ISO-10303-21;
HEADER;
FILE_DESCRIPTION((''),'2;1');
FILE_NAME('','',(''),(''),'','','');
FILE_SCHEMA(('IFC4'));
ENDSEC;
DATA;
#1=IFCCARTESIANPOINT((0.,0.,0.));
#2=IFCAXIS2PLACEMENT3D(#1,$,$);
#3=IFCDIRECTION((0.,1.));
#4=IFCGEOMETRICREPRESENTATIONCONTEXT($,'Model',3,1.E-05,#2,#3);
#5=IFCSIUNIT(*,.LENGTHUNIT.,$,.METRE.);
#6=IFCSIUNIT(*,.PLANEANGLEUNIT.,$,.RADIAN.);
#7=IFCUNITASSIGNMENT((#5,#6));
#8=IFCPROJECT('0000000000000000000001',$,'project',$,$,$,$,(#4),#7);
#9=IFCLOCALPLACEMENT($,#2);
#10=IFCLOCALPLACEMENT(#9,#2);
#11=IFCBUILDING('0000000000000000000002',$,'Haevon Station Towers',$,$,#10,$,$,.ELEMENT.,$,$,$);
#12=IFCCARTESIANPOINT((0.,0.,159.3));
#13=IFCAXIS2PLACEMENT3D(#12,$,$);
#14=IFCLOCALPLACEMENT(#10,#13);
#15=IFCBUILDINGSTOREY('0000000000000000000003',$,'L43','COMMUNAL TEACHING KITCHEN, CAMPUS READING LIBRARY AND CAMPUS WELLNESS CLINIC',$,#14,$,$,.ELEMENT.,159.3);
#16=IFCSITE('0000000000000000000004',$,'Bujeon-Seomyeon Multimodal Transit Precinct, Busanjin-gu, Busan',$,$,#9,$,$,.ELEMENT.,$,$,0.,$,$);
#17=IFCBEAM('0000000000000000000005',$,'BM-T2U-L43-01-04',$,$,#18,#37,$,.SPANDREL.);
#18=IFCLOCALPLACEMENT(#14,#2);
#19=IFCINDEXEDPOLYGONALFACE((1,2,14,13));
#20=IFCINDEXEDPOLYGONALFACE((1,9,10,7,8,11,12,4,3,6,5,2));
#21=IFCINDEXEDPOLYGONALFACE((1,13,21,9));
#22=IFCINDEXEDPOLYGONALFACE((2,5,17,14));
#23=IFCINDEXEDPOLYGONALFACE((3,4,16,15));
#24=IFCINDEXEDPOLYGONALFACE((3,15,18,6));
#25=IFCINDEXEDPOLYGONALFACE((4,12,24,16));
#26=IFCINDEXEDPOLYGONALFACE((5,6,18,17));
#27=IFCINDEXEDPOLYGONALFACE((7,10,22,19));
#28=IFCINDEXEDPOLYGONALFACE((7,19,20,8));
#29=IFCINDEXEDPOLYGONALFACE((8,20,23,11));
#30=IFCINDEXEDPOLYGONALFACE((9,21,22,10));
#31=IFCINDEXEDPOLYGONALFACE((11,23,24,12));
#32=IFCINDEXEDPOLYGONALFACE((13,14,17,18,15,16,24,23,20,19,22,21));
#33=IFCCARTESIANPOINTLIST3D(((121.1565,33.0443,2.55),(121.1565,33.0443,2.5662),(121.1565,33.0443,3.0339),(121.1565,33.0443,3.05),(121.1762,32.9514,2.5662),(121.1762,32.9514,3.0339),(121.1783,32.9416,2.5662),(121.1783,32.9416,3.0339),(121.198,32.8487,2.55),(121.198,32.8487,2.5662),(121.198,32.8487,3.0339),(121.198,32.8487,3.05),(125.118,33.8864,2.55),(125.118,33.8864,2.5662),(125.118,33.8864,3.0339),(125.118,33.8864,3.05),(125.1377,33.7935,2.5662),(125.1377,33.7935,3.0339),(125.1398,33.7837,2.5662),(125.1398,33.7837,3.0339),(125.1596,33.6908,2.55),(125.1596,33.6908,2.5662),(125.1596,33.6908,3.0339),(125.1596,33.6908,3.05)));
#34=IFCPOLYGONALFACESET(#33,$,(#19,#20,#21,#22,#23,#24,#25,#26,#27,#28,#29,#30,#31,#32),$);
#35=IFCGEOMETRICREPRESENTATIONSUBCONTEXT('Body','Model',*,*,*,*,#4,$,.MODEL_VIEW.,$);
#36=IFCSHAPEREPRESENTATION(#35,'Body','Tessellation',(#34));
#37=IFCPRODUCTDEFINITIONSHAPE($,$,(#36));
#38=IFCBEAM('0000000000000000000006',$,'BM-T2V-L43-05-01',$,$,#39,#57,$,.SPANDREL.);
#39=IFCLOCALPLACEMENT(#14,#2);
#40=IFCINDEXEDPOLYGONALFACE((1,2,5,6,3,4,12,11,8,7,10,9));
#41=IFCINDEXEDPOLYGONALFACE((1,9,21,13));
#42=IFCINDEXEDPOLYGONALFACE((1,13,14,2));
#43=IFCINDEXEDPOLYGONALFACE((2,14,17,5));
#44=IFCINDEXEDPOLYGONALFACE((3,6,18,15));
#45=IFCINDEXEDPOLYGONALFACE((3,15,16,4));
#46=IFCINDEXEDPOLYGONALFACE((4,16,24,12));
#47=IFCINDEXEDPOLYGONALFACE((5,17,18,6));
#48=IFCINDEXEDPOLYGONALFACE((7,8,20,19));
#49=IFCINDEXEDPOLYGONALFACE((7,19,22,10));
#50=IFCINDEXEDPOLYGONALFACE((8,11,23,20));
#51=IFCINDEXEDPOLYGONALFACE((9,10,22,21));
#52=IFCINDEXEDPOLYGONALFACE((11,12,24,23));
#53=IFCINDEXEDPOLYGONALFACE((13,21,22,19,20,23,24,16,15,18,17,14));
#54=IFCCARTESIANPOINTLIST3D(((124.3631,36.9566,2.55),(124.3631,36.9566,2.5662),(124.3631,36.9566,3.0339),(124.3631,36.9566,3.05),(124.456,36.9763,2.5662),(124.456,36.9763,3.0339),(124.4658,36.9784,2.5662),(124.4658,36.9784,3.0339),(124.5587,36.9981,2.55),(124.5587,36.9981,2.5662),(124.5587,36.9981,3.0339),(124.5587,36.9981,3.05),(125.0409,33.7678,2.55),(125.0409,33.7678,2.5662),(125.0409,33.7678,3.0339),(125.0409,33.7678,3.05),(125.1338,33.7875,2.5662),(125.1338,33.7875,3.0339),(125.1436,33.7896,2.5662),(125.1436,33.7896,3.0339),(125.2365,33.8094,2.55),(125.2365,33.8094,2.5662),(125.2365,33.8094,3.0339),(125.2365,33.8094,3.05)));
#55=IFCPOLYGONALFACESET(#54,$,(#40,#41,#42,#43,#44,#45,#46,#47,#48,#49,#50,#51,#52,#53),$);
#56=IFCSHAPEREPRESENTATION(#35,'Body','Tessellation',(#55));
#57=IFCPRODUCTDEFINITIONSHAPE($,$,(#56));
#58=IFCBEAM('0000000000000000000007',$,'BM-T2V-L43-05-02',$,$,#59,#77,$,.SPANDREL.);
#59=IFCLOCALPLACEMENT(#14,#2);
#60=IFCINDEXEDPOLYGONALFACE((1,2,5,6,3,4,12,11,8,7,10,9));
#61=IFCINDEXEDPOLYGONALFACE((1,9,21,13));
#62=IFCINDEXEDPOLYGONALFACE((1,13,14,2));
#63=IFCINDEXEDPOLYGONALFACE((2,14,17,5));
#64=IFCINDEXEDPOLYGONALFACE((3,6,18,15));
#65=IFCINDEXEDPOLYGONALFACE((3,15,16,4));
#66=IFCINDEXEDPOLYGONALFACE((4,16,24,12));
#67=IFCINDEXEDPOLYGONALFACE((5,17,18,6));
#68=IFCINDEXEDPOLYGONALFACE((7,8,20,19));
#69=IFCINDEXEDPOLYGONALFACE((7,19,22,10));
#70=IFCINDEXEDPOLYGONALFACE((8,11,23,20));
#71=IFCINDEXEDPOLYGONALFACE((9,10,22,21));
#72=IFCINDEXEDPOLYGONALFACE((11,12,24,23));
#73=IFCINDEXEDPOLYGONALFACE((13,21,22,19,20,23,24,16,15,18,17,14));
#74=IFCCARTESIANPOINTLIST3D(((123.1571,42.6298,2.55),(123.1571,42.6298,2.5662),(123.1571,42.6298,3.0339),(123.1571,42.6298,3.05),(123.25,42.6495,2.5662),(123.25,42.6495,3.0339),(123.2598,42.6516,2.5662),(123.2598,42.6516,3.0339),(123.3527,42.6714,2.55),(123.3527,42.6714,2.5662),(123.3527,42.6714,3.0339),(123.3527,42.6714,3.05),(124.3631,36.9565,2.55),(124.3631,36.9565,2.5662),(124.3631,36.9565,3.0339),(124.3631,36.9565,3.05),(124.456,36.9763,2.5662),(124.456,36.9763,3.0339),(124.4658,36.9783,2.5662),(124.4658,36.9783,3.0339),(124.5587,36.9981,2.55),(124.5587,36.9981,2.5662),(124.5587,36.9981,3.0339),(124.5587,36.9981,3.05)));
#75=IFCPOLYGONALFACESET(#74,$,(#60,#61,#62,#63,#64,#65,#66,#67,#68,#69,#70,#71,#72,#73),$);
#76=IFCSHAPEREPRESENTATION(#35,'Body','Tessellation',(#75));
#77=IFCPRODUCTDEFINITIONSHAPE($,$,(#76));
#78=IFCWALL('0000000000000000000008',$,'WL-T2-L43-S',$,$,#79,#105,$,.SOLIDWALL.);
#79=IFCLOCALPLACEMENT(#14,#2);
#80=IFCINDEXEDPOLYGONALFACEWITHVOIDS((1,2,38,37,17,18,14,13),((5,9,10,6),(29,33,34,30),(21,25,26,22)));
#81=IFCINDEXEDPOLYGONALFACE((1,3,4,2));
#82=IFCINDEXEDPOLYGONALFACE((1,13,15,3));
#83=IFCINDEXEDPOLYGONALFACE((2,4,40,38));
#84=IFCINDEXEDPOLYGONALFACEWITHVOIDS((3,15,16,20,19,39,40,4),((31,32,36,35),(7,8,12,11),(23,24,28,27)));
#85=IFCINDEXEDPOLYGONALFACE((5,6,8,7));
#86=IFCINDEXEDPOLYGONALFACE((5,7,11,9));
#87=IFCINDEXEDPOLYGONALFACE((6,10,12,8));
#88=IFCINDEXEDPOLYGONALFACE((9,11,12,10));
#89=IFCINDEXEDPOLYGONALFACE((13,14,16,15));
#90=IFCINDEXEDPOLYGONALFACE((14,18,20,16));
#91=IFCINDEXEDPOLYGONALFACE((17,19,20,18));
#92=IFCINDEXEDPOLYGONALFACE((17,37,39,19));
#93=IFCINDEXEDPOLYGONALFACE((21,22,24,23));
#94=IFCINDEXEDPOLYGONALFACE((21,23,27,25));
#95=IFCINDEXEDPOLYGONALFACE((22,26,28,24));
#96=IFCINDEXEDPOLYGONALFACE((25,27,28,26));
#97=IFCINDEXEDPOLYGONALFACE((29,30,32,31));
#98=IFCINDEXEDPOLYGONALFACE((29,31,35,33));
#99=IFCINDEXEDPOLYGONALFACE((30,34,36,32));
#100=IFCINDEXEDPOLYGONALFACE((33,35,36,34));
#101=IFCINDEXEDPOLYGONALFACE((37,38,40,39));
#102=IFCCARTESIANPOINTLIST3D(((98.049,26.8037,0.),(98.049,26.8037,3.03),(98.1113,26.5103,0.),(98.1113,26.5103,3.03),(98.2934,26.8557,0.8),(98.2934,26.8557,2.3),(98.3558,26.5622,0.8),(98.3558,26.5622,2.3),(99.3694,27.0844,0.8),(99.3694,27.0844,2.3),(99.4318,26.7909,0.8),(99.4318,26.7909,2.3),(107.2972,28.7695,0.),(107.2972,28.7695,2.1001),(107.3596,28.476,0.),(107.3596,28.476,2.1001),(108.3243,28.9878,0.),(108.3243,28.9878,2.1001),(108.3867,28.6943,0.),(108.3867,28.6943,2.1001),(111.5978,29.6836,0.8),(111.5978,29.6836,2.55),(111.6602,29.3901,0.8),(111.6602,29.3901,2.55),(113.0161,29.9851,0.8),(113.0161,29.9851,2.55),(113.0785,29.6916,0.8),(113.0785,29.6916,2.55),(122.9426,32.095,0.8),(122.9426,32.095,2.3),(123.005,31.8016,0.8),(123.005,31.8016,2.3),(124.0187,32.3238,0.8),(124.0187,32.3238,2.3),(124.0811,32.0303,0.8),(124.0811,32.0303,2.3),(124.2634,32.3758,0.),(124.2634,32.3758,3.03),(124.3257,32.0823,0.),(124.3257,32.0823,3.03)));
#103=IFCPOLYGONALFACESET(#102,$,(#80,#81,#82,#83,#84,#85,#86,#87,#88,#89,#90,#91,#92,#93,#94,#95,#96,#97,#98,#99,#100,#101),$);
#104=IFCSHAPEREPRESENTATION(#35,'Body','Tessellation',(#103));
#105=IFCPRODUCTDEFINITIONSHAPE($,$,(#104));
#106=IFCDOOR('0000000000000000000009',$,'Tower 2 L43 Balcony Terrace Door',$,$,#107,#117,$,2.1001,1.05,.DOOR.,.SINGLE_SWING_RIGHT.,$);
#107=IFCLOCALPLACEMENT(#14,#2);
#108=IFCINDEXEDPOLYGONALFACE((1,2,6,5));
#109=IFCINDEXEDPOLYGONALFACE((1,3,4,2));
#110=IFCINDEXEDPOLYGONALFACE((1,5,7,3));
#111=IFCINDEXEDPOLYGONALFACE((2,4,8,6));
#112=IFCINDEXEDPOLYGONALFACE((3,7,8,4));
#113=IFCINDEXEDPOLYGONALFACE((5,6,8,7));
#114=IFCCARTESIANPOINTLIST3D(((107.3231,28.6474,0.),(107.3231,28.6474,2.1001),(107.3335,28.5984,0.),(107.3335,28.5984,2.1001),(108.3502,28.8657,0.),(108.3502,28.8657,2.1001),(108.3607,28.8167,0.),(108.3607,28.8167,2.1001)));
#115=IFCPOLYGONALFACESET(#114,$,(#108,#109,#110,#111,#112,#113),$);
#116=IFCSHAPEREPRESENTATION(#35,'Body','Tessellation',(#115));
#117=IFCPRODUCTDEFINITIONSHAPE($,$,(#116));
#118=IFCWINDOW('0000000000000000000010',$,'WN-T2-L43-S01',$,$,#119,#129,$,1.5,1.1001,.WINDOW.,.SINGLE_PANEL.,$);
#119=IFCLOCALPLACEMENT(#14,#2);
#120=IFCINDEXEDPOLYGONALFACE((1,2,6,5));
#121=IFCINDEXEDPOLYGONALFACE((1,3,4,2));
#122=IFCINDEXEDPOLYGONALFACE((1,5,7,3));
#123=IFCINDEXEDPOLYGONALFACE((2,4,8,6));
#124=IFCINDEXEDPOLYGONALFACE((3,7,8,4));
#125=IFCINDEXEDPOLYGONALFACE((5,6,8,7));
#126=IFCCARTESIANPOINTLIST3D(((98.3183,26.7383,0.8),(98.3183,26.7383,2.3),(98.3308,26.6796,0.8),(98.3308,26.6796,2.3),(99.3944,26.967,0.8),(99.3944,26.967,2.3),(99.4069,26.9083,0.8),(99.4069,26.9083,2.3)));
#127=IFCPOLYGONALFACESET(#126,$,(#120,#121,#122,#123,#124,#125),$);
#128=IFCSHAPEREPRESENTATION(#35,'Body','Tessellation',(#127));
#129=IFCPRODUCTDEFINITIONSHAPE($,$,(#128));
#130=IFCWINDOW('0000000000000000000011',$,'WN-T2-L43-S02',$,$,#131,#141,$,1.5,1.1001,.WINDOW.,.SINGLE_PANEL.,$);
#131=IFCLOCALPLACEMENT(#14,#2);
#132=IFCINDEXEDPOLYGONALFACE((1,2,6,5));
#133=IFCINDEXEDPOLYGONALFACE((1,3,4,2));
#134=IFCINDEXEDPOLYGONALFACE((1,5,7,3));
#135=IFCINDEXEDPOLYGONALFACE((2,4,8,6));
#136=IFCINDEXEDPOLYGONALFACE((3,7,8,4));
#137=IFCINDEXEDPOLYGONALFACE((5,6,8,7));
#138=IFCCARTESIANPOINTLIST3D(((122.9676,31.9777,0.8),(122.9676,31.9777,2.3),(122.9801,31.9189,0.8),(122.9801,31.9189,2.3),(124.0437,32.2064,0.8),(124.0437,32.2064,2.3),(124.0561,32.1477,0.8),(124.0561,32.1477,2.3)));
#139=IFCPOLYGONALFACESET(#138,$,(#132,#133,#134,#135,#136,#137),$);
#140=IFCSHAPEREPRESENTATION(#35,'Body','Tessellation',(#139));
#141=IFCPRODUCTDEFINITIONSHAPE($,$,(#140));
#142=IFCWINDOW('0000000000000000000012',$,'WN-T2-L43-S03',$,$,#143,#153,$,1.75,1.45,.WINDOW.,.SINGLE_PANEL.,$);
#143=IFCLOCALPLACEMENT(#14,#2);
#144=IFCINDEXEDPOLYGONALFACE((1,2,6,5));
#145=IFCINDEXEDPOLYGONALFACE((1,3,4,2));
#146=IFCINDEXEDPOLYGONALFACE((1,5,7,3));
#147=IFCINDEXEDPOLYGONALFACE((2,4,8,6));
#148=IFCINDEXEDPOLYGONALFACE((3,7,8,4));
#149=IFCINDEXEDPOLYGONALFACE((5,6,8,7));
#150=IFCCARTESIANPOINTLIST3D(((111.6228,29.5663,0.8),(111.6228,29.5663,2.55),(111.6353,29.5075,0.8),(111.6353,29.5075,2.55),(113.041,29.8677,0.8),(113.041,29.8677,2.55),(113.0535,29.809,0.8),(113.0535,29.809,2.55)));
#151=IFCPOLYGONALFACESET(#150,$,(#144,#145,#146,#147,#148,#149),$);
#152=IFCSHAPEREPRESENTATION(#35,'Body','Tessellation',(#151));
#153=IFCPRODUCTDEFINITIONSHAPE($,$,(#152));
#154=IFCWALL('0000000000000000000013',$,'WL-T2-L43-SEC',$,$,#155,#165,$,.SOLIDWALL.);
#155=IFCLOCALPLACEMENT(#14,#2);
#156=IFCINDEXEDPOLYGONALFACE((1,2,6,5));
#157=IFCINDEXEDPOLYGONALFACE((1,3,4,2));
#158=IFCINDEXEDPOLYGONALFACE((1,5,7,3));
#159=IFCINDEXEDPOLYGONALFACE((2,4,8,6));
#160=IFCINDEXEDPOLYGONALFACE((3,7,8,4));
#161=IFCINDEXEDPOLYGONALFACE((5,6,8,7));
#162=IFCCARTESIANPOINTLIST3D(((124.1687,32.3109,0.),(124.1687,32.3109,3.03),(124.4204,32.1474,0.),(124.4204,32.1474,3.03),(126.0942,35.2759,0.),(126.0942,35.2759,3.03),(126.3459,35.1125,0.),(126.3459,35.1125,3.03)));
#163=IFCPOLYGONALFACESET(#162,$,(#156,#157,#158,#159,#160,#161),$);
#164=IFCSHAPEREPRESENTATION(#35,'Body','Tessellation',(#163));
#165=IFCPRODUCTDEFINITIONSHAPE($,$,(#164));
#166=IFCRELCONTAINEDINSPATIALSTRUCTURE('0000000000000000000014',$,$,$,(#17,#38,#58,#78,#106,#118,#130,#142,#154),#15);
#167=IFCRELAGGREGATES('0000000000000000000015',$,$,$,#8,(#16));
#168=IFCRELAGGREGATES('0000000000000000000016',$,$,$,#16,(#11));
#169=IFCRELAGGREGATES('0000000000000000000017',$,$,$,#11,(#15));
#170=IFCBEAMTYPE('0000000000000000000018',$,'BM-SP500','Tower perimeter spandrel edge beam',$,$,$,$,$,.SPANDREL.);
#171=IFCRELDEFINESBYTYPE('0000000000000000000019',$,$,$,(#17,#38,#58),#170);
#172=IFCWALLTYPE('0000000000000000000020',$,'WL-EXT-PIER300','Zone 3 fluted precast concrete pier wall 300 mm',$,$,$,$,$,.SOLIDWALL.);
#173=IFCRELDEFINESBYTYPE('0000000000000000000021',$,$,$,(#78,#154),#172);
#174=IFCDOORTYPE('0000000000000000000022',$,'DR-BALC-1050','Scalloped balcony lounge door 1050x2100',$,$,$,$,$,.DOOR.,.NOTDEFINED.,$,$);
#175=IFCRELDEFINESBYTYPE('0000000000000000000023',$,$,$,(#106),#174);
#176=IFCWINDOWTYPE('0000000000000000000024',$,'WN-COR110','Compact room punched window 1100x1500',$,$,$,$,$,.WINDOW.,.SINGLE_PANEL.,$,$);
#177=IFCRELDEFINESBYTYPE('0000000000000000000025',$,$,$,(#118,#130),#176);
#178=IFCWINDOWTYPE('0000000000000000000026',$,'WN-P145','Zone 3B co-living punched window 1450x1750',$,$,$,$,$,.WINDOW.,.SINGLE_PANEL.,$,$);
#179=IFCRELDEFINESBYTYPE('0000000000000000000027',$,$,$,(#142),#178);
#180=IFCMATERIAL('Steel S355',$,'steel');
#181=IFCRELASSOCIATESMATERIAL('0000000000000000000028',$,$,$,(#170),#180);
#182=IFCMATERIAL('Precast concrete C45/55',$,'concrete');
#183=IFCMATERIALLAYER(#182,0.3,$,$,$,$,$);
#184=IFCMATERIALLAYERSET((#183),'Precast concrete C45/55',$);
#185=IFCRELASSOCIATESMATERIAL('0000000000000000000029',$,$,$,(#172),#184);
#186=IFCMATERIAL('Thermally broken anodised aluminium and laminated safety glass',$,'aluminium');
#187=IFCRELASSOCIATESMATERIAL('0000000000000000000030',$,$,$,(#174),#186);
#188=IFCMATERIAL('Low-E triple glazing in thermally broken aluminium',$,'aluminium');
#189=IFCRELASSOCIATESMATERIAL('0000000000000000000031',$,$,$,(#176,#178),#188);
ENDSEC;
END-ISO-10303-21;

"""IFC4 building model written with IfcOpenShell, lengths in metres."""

from ifc_helpers import new_model, si_unit, direction, frame, frame_2d, origin, origin_2d, place, context, subcontext, project, spatial, rectangle, i_section, extrude, material, layer, layer_set, material_profile, profile_set, type_object, element, fill, save


model = new_model("IFC4")

# Units and contexts
model_context = context("Model", 3, precision=1e-05, world=origin(), true_north=direction((0.0, 1.0)))
body_context = subcontext(model_context, "Body", "Model", "MODEL_VIEW")
ifc_project = project(units=[si_unit("LENGTHUNIT", "METRE"), si_unit("PLANEANGLEUNIT", "RADIAN")], contexts=[model_context])

# Site, building, storey
site_placement = place(None, origin())
site = spatial("IfcSite", under=ifc_project, at=site_placement, Name="Bujeon-Seomyeon Multimodal Transit Precinct, Busanjin-gu, Busan", CompositionType="ELEMENT", RefElevation=0.0)
building_placement = place(site_placement, origin())
building = spatial("IfcBuilding", under=site, at=building_placement, Name="Haevon Station Towers", CompositionType="ELEMENT")
storey_placement = place(building_placement, frame((0.0, 0.0, 159.3)))
storey = spatial("IfcBuildingStorey", under=building, at=storey_placement, Name="L43", Description="COMMUNAL TEACHING KITCHEN, CAMPUS READING LIBRARY AND CAMPUS WELLNESS CLINIC", CompositionType="ELEMENT", Elevation=159.3)

# Shared definitions
ifc_material_1 = material(Name="Steel S355", Category="steel")

# Beams
ifc_material_profile_1 = material_profile(ifc_material_1, i_section(OverallWidth=0.2, OverallDepth=0.5, WebThickness=0.01, FlangeThickness=0.0161, at=origin_2d()), Name="H-500x200x10x16")
ifc_profile_set_1 = profile_set([ifc_material_profile_1], Name="Steel S355")
beam_type_1 = type_object("IfcBeamType", Name="BM-SP500", Description="Tower perimeter spandrel edge beam", PredefinedType="SPANDREL", material=ifc_profile_set_1)
beam_1_placement = place(storey_placement, frame((121.1772, 32.9465, 2.8), z_axis=(0.978147, 0.207915, 0.0), x_axis=(-0.207915, 0.978147, 0.0)))
element("IfcBeam", 1, at=beam_1_placement, inside=storey, type_object=beam_type_1, Name="BM-T2U-L43-01-04", PredefinedType="SPANDREL", context=body_context, shape_type="SweptSolid", body=[
    extrude(i_section(OverallWidth=0.2, OverallDepth=0.5, WebThickness=0.01, FlangeThickness=0.0161, at=origin_2d()), origin(), (0.0, 0.0, 1.0), 4.05),
])
beam_2_placement = place(storey_placement, frame((125.1387, 33.7886, 2.8), z_axis=(-0.207897, 0.978151, 0.0), x_axis=(-0.978151, -0.207897, 0.0)))
element("IfcBeam", 2, at=beam_2_placement, inside=storey, type_object=beam_type_1, Name="BM-T2V-L43-05-01", PredefinedType="SPANDREL", context=body_context, shape_type="SweptSolid", body=[
    extrude(i_section(OverallWidth=0.2, OverallDepth=0.5, WebThickness=0.01, FlangeThickness=0.0161, at=origin_2d()), origin(), (0.0, 0.0, 1.0), 3.26),
])
beam_3_placement = place(storey_placement, frame((124.4609, 36.9773, 2.8), z_axis=(-0.207936, 0.978142, 0.0), x_axis=(-0.978142, -0.207936, 0.0)))
element("IfcBeam", 3, at=beam_3_placement, inside=storey, type_object=beam_type_1, Name="BM-T2V-L43-05-02", PredefinedType="SPANDREL", context=body_context, shape_type="SweptSolid", body=[
    extrude(i_section(OverallWidth=0.2, OverallDepth=0.5, WebThickness=0.01, FlangeThickness=0.0161, at=origin_2d()), origin(), (0.0, 0.0, 1.0), 5.8),
])

# Wall, openings, door, windows
ifc_material_2 = material(Name="Precast concrete C45/55", Category="concrete")
ifc_layer_1 = layer(ifc_material_2, 0.3)
ifc_layer_set_1 = layer_set([ifc_layer_1], Name="Precast concrete C45/55")
wall_type_1 = type_object("IfcWallType", Name="WL-EXT-PIER300", Description="Zone 3 fluted precast concrete pier wall 300 mm", PredefinedType="SOLIDWALL", material=ifc_layer_set_1)
wall_1_placement = place(storey_placement, frame((124.2944, 32.229, 0.0), z_axis=(0.0, 0.0, 1.0), x_axis=(-0.978148, -0.207911, 0.0)))
wall_1 = element("IfcWall", 4, at=wall_1_placement, inside=storey, type_object=wall_type_1, Name="WL-T2-L43-S", PredefinedType="SOLIDWALL", context=body_context, shape_type="SweptSolid", body=[
    extrude(rectangle(XDim=26.8, YDim=0.3, at=frame_2d((13.3999, 0.0))), origin(), (0.0, 0.0, 1.0), 3.03),
])
opening_1_placement = place(wall_1_placement, frame((16.2952, 0.0, 0.0)))
opening_1 = element("IfcOpeningElement", 5, at=opening_1_placement, cuts=wall_1, PredefinedType="OPENING", context=body_context, shape_type="SweptSolid", body=[
    extrude(rectangle(XDim=1.05, YDim=2.1001, at=frame_2d((0.5249, 1.05))), frame((0.0, 0.1599, 0.0), z_axis=(0.0, -1.0, 0.0), x_axis=(1.0, 0.0, 0.0)), (0.0, 0.0, 1.0), 0.3201),
])
opening_2_placement = place(wall_1_placement, frame((25.45, 0.0, 0.8)))
opening_2 = element("IfcOpeningElement", 6, at=opening_2_placement, cuts=wall_1, PredefinedType="OPENING", context=body_context, shape_type="SweptSolid", body=[
    extrude(rectangle(XDim=1.1001, YDim=1.5, at=frame_2d((0.55, 0.75))), frame((0.0, 0.1599, 0.0), z_axis=(0.0, -1.0, 0.0), x_axis=(1.0, 0.0, 0.0)), (0.0, 0.0, 1.0), 0.3201),
])
opening_3_placement = place(wall_1_placement, frame((0.25, 0.0, 0.8)))
opening_3 = element("IfcOpeningElement", 7, at=opening_3_placement, cuts=wall_1, PredefinedType="OPENING", context=body_context, shape_type="SweptSolid", body=[
    extrude(rectangle(XDim=1.1001, YDim=1.5, at=frame_2d((0.55, 0.75))), frame((0.0, 0.1599, 0.0), z_axis=(0.0, -1.0, 0.0), x_axis=(1.0, 0.0, 0.0)), (0.0, 0.0, 1.0), 0.3201),
])
opening_4_placement = place(wall_1_placement, frame((11.4983, 0.0, 0.8)))
opening_4 = element("IfcOpeningElement", 8, at=opening_4_placement, cuts=wall_1, PredefinedType="OPENING", context=body_context, shape_type="SweptSolid", body=[
    extrude(rectangle(XDim=1.45, YDim=1.75, at=frame_2d((0.7251, 0.875))), frame((0.0, 0.1599, 0.0), z_axis=(0.0, -1.0, 0.0), x_axis=(1.0, 0.0, 0.0)), (0.0, 0.0, 1.0), 0.3201),
])
ifc_material_3 = material(Name="Thermally broken anodised aluminium and laminated safety glass", Category="aluminium")
door_type_1 = type_object("IfcDoorType", Name="DR-BALC-1050", Description="Scalloped balcony lounge door 1050x2100", OperationType="NOTDEFINED", PredefinedType="DOOR", material=ifc_material_3)
door_1_placement = place(opening_1_placement, origin())
door_1 = element("IfcDoor", 9, at=door_1_placement, inside=storey, type_object=door_type_1, Name="Tower 2 L43 Balcony Terrace Door", OperationType="SINGLE_SWING_RIGHT", OverallHeight=2.1001, OverallWidth=1.05, PredefinedType="DOOR", context=body_context, shape_type="SweptSolid", body=[
    extrude(rectangle(XDim=1.05, YDim=2.1001, at=frame_2d((0.5249, 1.05))), frame((0.0, 0.0249, 0.0), z_axis=(0.0, -1.0, 0.0), x_axis=(1.0, 0.0, 0.0)), (0.0, 0.0, 1.0), 0.05),
])
fill(opening_1, door_1)
ifc_material_4 = material(Name="Low-E triple glazing in thermally broken aluminium", Category="aluminium")
window_type_1 = type_object("IfcWindowType", Name="WN-COR110", Description="Compact room punched window 1100x1500", PartitioningType="SINGLE_PANEL", PredefinedType="WINDOW", material=ifc_material_4)
window_1_placement = place(opening_2_placement, origin())
window_1 = element("IfcWindow", 10, at=window_1_placement, inside=storey, type_object=window_type_1, Name="WN-T2-L43-S01", OverallHeight=1.5, OverallWidth=1.1001, PartitioningType="SINGLE_PANEL", PredefinedType="WINDOW", context=body_context, shape_type="SweptSolid", body=[
    extrude(rectangle(XDim=1.1001, YDim=1.5, at=frame_2d((0.55, 0.75))), frame((0.0, 0.03, 0.0), z_axis=(0.0, -1.0, 0.0), x_axis=(1.0, 0.0, 0.0)), (0.0, 0.0, 1.0), 0.0601),
])
fill(opening_2, window_1)
window_2_placement = place(opening_3_placement, origin())
window_2 = element("IfcWindow", 11, at=window_2_placement, inside=storey, type_object=window_type_1, Name="WN-T2-L43-S02", OverallHeight=1.5, OverallWidth=1.1001, PartitioningType="SINGLE_PANEL", PredefinedType="WINDOW", context=body_context, shape_type="SweptSolid", body=[
    extrude(rectangle(XDim=1.1001, YDim=1.5, at=frame_2d((0.55, 0.75))), frame((0.0, 0.03, 0.0), z_axis=(0.0, -1.0, 0.0), x_axis=(1.0, 0.0, 0.0)), (0.0, 0.0, 1.0), 0.0601),
])
fill(opening_3, window_2)
window_type_2 = type_object("IfcWindowType", Name="WN-P145", Description="Zone 3B co-living punched window 1450x1750", PartitioningType="SINGLE_PANEL", PredefinedType="WINDOW", material=ifc_material_4)
window_3_placement = place(opening_4_placement, origin())
window_3 = element("IfcWindow", 12, at=window_3_placement, inside=storey, type_object=window_type_2, Name="WN-T2-L43-S03", OverallHeight=1.75, OverallWidth=1.45, PartitioningType="SINGLE_PANEL", PredefinedType="WINDOW", context=body_context, shape_type="SweptSolid", body=[
    extrude(rectangle(XDim=1.45, YDim=1.75, at=frame_2d((0.7251, 0.875))), frame((0.0, 0.03, 0.0), z_axis=(0.0, -1.0, 0.0), x_axis=(1.0, 0.0, 0.0)), (0.0, 0.0, 1.0), 0.0601),
])
fill(opening_4, window_3)

# Wall
wall_2_placement = place(storey_placement, frame((126.22, 35.1941, 0.0), z_axis=(0.0, 0.0, 1.0), x_axis=(-0.544636, -0.838672, 0.0)))
element("IfcWall", 13, at=wall_2_placement, inside=storey, type_object=wall_type_1, Name="WL-T2-L43-SEC", PredefinedType="SOLIDWALL", context=body_context, shape_type="SweptSolid", body=[
    extrude(rectangle(XDim=3.5354, YDim=0.3, at=frame_2d((1.7676, 0.0))), origin(), (0.0, 0.0, 1.0), 3.03),
])

save(model, "model.ifc")
